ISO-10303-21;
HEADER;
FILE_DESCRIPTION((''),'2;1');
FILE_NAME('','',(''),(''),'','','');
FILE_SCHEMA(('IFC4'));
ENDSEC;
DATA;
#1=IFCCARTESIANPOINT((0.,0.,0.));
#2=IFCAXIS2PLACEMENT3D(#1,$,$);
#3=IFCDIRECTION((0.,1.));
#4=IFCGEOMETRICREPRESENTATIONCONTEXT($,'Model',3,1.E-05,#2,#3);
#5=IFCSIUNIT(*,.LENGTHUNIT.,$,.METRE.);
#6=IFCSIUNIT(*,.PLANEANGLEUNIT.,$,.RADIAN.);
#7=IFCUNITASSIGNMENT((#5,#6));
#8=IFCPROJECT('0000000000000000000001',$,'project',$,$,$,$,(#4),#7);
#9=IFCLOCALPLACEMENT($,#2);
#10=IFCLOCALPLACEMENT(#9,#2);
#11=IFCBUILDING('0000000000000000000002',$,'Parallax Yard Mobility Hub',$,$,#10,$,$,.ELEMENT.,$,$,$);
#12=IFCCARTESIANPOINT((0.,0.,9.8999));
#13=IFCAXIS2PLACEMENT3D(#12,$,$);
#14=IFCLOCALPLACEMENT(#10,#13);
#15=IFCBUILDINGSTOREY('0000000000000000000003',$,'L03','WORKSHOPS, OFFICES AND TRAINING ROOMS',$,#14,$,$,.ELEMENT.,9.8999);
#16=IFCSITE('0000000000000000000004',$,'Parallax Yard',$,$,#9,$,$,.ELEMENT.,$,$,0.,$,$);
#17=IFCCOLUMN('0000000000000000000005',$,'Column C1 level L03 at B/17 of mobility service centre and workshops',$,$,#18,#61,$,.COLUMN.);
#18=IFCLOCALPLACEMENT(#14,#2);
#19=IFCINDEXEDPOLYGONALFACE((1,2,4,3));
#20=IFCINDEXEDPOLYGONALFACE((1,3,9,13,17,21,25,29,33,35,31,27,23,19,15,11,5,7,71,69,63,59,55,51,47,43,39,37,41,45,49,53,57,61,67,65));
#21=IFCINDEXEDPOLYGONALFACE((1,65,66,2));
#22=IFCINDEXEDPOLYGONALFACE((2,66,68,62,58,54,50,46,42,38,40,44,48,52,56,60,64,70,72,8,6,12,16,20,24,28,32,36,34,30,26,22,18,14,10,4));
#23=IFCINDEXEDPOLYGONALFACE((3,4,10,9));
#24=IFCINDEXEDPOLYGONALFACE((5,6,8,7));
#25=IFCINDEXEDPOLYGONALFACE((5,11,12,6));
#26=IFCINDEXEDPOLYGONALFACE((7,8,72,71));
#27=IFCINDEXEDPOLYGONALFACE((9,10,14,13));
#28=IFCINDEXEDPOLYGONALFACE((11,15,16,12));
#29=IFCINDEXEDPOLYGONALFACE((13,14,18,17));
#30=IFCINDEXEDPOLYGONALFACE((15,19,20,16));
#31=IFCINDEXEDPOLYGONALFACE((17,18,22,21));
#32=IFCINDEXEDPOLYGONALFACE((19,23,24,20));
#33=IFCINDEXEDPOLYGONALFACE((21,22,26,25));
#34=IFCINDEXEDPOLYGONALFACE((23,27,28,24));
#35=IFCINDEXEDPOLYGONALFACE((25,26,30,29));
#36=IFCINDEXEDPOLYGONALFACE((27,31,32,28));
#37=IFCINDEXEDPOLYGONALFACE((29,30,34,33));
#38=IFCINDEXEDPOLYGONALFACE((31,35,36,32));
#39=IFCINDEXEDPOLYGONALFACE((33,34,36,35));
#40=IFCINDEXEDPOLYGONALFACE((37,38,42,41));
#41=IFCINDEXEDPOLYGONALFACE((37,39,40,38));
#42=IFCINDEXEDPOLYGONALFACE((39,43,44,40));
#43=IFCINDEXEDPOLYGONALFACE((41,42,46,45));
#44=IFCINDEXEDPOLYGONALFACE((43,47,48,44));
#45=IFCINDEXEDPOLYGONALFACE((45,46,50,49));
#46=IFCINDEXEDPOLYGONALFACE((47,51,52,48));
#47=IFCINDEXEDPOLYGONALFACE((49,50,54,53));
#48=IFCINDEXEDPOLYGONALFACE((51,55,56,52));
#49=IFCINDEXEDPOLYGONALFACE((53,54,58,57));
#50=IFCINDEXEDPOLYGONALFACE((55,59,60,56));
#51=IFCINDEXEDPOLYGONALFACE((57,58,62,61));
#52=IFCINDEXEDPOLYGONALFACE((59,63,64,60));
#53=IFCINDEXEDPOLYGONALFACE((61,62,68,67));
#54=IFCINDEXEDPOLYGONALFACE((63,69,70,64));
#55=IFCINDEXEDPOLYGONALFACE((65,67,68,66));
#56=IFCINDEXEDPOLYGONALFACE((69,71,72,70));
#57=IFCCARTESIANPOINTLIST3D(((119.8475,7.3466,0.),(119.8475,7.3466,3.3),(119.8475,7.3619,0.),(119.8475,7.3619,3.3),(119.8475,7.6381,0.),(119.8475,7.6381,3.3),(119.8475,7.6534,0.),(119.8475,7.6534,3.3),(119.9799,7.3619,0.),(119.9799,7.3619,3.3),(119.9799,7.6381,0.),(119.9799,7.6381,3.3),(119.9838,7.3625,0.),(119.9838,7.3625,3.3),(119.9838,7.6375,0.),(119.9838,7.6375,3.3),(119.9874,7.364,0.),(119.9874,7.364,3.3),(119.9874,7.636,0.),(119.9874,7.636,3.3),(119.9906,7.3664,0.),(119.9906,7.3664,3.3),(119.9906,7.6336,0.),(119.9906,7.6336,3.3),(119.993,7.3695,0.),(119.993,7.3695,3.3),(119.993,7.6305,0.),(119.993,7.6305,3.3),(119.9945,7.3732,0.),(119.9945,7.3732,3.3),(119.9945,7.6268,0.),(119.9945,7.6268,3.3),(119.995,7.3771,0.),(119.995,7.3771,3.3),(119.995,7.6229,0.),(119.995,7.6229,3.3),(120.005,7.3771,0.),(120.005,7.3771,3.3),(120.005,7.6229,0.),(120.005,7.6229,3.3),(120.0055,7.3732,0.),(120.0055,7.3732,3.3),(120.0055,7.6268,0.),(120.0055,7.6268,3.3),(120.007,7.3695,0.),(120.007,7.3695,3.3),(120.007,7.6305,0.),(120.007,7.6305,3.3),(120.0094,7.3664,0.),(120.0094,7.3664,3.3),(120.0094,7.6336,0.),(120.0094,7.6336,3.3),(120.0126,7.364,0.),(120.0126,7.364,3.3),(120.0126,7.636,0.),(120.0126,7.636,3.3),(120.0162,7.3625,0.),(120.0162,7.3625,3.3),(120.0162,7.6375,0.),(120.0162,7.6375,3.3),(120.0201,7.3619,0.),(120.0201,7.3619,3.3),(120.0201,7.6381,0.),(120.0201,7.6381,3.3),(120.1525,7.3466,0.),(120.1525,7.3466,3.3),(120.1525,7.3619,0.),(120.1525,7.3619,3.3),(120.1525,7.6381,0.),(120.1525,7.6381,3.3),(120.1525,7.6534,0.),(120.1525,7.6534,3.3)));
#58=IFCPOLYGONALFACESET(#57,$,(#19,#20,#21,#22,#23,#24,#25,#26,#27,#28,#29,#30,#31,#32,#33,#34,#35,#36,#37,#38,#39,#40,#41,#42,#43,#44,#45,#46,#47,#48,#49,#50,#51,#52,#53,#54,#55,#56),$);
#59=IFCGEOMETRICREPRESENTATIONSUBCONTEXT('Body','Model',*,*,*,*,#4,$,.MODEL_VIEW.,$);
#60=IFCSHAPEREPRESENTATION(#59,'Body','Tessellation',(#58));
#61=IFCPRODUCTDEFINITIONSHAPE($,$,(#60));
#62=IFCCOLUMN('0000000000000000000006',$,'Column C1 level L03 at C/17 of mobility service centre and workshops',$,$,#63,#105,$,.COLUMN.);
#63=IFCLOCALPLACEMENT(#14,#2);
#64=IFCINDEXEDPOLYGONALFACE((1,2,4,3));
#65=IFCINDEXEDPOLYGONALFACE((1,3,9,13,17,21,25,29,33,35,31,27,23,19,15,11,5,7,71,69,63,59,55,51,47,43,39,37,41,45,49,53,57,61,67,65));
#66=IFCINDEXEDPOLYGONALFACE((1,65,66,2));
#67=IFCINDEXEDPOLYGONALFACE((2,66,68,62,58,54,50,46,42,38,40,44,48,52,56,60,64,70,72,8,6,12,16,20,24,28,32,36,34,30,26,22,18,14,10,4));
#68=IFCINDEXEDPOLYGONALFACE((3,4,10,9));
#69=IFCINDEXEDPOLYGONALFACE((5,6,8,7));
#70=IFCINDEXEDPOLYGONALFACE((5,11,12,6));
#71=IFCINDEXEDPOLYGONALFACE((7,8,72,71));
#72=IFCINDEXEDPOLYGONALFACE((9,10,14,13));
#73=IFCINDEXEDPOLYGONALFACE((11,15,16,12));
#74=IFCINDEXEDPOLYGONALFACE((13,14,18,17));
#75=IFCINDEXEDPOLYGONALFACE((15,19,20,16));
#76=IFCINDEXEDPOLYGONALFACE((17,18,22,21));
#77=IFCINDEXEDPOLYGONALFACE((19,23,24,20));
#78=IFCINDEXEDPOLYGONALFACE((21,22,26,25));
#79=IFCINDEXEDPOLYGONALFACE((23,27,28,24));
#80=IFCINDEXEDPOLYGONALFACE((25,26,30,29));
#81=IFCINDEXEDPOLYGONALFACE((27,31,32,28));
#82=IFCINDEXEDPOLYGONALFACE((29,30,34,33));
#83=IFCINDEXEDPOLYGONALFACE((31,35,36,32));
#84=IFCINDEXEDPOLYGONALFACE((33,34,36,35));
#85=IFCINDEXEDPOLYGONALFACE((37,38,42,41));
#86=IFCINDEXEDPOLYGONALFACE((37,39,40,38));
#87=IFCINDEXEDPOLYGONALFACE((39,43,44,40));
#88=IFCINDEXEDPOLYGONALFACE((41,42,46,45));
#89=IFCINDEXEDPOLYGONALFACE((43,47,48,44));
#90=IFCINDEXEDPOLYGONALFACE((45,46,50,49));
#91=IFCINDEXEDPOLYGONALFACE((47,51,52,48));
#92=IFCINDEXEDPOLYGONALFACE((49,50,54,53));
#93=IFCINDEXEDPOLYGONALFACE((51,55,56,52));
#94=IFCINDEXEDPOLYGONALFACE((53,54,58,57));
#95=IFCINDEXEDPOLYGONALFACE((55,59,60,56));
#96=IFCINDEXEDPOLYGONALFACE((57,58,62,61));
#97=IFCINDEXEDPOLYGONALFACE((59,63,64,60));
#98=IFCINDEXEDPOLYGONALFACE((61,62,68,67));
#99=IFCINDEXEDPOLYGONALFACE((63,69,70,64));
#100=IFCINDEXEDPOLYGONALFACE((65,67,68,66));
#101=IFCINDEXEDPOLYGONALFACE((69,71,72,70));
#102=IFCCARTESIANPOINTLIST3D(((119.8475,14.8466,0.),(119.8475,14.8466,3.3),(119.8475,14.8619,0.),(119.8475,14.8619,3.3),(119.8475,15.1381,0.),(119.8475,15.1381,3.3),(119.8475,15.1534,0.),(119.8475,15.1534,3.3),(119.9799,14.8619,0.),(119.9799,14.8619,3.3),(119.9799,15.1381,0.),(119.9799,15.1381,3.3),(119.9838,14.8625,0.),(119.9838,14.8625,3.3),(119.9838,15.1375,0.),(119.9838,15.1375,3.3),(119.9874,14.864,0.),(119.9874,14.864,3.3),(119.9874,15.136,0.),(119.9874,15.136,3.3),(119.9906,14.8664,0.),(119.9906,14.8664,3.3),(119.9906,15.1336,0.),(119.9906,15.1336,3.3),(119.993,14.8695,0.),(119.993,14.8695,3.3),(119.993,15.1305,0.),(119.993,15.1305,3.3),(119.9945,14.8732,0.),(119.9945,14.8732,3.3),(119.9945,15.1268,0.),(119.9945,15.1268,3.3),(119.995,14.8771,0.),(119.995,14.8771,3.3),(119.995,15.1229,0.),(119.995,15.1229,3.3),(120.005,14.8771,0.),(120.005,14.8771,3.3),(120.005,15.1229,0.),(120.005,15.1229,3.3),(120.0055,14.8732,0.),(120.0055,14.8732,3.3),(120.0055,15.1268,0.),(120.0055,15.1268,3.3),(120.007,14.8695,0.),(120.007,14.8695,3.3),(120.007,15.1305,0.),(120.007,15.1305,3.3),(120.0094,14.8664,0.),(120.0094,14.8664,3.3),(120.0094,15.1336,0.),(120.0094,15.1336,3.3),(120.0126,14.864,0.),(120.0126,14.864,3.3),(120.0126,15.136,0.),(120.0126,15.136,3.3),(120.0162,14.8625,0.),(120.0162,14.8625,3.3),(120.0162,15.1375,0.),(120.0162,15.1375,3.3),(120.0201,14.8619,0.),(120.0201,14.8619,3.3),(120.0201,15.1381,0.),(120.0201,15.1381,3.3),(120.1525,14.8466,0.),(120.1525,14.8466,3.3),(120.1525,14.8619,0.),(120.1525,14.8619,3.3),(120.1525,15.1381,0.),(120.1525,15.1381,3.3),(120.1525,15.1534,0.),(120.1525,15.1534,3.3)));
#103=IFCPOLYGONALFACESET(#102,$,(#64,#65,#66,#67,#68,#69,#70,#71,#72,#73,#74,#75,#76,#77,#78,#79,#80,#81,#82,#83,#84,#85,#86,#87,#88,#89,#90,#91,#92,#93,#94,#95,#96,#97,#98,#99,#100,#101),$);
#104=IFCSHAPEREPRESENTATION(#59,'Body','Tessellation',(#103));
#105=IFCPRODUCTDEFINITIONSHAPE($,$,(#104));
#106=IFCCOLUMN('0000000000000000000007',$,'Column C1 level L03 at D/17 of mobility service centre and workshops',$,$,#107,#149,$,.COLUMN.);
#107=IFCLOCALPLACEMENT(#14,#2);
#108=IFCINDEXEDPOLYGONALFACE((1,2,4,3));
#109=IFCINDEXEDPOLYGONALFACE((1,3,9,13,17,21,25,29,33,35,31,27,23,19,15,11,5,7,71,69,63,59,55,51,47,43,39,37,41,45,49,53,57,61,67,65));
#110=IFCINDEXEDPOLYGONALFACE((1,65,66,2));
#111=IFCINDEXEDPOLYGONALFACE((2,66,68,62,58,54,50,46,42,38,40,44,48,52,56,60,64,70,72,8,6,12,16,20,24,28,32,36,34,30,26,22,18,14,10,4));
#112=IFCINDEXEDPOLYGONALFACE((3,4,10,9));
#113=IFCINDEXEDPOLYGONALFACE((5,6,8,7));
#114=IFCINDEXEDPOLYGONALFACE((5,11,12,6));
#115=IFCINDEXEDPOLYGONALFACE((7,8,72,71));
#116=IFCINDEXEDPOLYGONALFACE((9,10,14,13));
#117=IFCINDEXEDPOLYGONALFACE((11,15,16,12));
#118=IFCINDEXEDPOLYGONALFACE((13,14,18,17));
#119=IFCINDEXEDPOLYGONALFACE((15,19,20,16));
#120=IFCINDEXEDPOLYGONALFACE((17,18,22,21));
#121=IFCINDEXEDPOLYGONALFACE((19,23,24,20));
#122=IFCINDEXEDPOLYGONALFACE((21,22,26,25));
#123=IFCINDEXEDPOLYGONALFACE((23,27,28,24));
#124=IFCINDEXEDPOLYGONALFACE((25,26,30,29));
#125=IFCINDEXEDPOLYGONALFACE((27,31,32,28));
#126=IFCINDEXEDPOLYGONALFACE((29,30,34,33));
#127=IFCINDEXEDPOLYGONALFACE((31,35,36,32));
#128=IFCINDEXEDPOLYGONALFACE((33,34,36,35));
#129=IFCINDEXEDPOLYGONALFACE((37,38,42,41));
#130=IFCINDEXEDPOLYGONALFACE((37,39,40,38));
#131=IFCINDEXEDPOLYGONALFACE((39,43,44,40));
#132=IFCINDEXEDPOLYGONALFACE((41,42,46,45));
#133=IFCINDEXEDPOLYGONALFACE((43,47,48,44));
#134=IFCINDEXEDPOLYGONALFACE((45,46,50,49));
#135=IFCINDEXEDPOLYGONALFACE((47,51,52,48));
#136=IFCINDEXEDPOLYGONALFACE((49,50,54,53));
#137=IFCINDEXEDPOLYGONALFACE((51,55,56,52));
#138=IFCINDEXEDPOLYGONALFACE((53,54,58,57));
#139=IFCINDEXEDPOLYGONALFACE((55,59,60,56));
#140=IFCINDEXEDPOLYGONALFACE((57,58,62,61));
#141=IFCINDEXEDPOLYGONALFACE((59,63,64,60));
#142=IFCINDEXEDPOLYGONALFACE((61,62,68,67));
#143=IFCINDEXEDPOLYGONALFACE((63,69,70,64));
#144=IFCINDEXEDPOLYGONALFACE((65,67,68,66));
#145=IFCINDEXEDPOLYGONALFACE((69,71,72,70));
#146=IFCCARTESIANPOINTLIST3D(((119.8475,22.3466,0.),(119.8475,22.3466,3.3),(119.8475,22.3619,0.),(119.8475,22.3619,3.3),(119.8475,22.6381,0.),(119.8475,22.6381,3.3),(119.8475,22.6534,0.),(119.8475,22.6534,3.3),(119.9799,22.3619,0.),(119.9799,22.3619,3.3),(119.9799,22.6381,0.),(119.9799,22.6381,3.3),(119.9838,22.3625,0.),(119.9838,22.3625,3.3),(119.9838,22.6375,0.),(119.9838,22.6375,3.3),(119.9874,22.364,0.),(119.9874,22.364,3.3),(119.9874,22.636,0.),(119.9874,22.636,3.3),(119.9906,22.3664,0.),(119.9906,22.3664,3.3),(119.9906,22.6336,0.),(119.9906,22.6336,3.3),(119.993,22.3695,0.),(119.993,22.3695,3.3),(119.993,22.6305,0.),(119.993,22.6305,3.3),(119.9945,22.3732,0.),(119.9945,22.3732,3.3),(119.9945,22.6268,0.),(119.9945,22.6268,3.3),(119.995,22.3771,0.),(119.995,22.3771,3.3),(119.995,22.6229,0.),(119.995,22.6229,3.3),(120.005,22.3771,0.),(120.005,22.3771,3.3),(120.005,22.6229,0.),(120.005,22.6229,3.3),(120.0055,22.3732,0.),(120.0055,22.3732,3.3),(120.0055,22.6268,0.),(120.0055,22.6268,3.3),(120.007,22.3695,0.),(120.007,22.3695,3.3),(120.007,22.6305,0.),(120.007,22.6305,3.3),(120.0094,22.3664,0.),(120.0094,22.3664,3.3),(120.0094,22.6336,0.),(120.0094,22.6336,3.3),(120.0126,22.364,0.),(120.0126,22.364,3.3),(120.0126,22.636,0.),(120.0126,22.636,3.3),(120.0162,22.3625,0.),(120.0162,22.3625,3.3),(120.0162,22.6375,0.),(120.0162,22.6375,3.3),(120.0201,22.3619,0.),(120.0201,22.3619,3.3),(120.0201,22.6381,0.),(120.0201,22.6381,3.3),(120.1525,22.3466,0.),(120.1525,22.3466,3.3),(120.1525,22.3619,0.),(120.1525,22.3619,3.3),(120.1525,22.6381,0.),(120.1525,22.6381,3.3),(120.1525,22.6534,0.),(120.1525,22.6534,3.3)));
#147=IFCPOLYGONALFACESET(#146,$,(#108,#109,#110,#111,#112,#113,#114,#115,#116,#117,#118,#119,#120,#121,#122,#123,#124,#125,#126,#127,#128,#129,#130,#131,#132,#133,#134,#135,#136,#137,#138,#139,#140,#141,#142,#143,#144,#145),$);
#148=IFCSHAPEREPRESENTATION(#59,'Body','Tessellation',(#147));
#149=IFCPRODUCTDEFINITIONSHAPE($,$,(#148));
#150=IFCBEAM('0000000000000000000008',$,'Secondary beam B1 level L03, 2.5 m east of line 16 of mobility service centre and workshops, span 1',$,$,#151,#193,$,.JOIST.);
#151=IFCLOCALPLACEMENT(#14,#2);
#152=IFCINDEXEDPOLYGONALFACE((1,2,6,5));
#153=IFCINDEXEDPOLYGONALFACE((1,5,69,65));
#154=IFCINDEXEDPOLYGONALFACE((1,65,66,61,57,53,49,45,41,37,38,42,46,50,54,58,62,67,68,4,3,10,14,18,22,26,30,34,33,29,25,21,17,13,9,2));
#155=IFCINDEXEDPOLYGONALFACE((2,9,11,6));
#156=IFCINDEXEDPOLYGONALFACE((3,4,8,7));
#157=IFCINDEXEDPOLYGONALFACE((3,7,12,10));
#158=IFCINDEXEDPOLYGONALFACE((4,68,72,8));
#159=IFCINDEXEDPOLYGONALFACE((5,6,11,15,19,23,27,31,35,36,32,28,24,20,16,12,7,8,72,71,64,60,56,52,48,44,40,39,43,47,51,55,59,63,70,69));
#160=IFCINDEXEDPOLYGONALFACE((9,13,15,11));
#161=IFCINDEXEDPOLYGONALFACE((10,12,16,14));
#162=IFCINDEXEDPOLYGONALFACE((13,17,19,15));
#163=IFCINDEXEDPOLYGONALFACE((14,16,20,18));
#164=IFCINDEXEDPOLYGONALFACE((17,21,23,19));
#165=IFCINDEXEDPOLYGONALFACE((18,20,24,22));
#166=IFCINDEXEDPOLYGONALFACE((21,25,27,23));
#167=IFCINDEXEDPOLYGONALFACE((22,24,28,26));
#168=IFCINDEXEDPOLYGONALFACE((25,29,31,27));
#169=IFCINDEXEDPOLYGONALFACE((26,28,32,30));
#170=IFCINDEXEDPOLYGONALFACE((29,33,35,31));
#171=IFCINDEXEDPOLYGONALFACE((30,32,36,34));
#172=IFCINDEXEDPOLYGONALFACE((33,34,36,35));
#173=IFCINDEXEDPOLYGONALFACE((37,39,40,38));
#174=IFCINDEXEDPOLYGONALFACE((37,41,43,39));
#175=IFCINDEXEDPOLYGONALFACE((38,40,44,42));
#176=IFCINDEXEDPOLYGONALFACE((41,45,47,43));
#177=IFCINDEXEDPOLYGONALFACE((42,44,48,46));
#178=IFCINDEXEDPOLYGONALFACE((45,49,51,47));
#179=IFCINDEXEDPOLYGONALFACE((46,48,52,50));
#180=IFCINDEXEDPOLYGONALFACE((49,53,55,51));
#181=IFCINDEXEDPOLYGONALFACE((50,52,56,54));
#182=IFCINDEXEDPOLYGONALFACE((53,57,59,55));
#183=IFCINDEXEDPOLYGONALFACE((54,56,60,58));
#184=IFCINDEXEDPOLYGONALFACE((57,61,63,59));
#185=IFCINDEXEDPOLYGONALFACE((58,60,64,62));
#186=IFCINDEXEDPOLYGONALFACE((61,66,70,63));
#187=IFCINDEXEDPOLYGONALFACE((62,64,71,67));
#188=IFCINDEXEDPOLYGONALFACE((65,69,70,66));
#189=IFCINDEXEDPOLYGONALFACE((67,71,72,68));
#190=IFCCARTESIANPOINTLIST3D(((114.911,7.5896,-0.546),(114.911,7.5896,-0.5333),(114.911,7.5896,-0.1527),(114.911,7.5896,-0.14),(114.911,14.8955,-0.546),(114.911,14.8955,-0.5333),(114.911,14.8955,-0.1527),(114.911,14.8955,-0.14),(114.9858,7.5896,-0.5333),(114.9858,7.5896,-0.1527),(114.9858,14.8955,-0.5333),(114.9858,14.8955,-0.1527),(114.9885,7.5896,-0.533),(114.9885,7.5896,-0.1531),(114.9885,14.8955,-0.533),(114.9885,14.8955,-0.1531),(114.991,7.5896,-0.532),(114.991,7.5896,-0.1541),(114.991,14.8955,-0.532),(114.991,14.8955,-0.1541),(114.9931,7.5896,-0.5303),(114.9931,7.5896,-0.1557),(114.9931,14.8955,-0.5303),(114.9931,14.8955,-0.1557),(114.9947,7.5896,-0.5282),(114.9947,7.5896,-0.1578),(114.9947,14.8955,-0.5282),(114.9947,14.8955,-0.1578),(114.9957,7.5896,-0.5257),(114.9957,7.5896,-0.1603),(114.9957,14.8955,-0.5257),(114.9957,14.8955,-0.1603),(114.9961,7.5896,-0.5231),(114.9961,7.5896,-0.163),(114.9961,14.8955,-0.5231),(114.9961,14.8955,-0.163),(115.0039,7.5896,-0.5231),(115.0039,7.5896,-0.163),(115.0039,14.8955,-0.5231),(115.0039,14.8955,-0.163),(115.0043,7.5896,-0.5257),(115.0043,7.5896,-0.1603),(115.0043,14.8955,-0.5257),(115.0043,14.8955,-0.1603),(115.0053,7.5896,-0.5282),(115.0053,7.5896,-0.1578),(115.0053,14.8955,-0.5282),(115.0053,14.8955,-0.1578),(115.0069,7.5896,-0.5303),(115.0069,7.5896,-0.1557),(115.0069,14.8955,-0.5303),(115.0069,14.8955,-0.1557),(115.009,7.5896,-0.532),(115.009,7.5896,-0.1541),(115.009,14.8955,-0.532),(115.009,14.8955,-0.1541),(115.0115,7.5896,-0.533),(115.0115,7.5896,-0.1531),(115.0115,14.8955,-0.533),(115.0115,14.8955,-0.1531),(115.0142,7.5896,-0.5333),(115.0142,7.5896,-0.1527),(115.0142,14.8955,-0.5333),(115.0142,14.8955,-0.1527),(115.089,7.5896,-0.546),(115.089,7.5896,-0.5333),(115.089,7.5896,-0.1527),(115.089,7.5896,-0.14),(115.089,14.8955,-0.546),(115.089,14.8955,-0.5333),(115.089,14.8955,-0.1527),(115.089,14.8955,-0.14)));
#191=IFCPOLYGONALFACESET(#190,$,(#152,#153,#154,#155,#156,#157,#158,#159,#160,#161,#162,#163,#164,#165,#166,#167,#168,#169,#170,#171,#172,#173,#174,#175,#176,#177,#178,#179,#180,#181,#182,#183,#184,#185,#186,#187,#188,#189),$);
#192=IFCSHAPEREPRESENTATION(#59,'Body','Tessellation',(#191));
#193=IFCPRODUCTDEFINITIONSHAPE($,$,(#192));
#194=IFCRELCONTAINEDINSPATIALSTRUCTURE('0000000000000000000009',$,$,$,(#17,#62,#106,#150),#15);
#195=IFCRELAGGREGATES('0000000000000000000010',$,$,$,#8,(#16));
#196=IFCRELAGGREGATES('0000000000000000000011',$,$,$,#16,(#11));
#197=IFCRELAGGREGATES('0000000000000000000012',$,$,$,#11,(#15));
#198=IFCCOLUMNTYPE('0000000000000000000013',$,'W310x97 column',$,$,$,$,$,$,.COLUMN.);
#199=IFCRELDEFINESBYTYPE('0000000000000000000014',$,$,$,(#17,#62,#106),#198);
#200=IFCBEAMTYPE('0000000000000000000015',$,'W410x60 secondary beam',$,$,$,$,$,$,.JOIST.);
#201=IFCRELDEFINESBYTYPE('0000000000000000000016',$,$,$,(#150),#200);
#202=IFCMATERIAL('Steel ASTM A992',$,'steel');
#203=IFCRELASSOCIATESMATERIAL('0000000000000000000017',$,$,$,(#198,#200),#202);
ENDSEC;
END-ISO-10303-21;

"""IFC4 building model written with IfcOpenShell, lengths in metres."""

from ifc_helpers import new_model, si_unit, direction, frame, origin, origin_2d, place, context, subcontext, project, spatial, i_section, extrude, material, material_profile, profile_set, type_object, element, save


model = new_model("IFC4")

# Units and contexts
model_context = context("Model", 3, precision=1e-05, world=origin(), true_north=direction((0.0, 1.0)))
body_context = subcontext(model_context, "Body", "Model", "MODEL_VIEW")
ifc_project = project(units=[si_unit("LENGTHUNIT", "METRE"), si_unit("PLANEANGLEUNIT", "RADIAN")], contexts=[model_context])

# Site, building, storey
site_placement = place(None, origin())
site = spatial("IfcSite", under=ifc_project, at=site_placement, Name="Parallax Yard", CompositionType="ELEMENT", RefElevation=0.0)
building_placement = place(site_placement, origin())
building = spatial("IfcBuilding", under=site, at=building_placement, Name="Parallax Yard Mobility Hub", CompositionType="ELEMENT")
storey_placement = place(building_placement, frame((0.0, 0.0, 9.8999)))
storey = spatial("IfcBuildingStorey", under=building, at=storey_placement, Name="L03", Description="WORKSHOPS, OFFICES AND TRAINING ROOMS", CompositionType="ELEMENT", Elevation=9.8999)

# Columns
ifc_material_1 = material(Name="Steel ASTM A992", Category="steel")
ifc_material_profile_1 = material_profile(ifc_material_1, i_section(OverallWidth=0.3049, OverallDepth=0.3069, WebThickness=0.01, FlangeThickness=0.0154, FilletRadius=0.0151, at=origin_2d()), Name="W310x97")
ifc_profile_set_1 = profile_set([ifc_material_profile_1], Name="Steel ASTM A992")
column_type = type_object("IfcColumnType", Name="W310x97 column", PredefinedType="COLUMN", material=ifc_profile_set_1)
for number, where, z_axis, x_axis, name in (
    (1, (120.0, 7.5, 0.0), (0.0, 0.0, 1.0), (1.0, 0.0, 0.0), "Column C1 level L03 at B/17 of mobility service centre and workshops"),
    (2, (120.0, 15.0, 0.0), (0.0, 0.0, 1.0), (1.0, 0.0, 0.0), "Column C1 level L03 at C/17 of mobility service centre and workshops"),
    (3, (120.0, 22.5, 0.0), (0.0, 0.0, 1.0), (1.0, 0.0, 0.0), "Column C1 level L03 at D/17 of mobility service centre and workshops"),
):
    element("IfcColumn", number, at=place(storey_placement, frame(where, z_axis=z_axis, x_axis=x_axis)), inside=storey, type_object=column_type, Name=name, PredefinedType="COLUMN", context=body_context, shape_type="SweptSolid", body=[
        extrude(i_section(OverallWidth=0.3049, OverallDepth=0.3069, WebThickness=0.01, FlangeThickness=0.0154, FilletRadius=0.0151, at=origin_2d()), origin(), (0.0, 0.0, 1.0), 3.3),
    ])

# Beam
ifc_material_profile_2 = material_profile(ifc_material_1, i_section(OverallWidth=0.178, OverallDepth=0.406, WebThickness=0.0078, FlangeThickness=0.0127, FilletRadius=0.0103, at=origin_2d()), Name="W410x60")
ifc_profile_set_2 = profile_set([ifc_material_profile_2], Name="Steel ASTM A992")
beam_type_1 = type_object("IfcBeamType", Name="W410x60 secondary beam", PredefinedType="JOIST", material=ifc_profile_set_2)
beam_1_placement = place(storey_placement, frame((115.0, 7.5896, -0.343), z_axis=(0.0, 1.0, 0.0), x_axis=(-1.0, 0.0, 0.0)))
element("IfcBeam", 4, at=beam_1_placement, inside=storey, type_object=beam_type_1, Name="Secondary beam B1 level L03, 2.5 m east of line 16 of mobility service centre and workshops, span 1", PredefinedType="JOIST", context=body_context, shape_type="SweptSolid", body=[
    extrude(i_section(OverallWidth=0.178, OverallDepth=0.406, WebThickness=0.0078, FlangeThickness=0.0127, FilletRadius=0.0103, at=origin_2d()), origin(), (0.0, 0.0, 1.0), 7.3059),
])

save(model, "model.ifc")
